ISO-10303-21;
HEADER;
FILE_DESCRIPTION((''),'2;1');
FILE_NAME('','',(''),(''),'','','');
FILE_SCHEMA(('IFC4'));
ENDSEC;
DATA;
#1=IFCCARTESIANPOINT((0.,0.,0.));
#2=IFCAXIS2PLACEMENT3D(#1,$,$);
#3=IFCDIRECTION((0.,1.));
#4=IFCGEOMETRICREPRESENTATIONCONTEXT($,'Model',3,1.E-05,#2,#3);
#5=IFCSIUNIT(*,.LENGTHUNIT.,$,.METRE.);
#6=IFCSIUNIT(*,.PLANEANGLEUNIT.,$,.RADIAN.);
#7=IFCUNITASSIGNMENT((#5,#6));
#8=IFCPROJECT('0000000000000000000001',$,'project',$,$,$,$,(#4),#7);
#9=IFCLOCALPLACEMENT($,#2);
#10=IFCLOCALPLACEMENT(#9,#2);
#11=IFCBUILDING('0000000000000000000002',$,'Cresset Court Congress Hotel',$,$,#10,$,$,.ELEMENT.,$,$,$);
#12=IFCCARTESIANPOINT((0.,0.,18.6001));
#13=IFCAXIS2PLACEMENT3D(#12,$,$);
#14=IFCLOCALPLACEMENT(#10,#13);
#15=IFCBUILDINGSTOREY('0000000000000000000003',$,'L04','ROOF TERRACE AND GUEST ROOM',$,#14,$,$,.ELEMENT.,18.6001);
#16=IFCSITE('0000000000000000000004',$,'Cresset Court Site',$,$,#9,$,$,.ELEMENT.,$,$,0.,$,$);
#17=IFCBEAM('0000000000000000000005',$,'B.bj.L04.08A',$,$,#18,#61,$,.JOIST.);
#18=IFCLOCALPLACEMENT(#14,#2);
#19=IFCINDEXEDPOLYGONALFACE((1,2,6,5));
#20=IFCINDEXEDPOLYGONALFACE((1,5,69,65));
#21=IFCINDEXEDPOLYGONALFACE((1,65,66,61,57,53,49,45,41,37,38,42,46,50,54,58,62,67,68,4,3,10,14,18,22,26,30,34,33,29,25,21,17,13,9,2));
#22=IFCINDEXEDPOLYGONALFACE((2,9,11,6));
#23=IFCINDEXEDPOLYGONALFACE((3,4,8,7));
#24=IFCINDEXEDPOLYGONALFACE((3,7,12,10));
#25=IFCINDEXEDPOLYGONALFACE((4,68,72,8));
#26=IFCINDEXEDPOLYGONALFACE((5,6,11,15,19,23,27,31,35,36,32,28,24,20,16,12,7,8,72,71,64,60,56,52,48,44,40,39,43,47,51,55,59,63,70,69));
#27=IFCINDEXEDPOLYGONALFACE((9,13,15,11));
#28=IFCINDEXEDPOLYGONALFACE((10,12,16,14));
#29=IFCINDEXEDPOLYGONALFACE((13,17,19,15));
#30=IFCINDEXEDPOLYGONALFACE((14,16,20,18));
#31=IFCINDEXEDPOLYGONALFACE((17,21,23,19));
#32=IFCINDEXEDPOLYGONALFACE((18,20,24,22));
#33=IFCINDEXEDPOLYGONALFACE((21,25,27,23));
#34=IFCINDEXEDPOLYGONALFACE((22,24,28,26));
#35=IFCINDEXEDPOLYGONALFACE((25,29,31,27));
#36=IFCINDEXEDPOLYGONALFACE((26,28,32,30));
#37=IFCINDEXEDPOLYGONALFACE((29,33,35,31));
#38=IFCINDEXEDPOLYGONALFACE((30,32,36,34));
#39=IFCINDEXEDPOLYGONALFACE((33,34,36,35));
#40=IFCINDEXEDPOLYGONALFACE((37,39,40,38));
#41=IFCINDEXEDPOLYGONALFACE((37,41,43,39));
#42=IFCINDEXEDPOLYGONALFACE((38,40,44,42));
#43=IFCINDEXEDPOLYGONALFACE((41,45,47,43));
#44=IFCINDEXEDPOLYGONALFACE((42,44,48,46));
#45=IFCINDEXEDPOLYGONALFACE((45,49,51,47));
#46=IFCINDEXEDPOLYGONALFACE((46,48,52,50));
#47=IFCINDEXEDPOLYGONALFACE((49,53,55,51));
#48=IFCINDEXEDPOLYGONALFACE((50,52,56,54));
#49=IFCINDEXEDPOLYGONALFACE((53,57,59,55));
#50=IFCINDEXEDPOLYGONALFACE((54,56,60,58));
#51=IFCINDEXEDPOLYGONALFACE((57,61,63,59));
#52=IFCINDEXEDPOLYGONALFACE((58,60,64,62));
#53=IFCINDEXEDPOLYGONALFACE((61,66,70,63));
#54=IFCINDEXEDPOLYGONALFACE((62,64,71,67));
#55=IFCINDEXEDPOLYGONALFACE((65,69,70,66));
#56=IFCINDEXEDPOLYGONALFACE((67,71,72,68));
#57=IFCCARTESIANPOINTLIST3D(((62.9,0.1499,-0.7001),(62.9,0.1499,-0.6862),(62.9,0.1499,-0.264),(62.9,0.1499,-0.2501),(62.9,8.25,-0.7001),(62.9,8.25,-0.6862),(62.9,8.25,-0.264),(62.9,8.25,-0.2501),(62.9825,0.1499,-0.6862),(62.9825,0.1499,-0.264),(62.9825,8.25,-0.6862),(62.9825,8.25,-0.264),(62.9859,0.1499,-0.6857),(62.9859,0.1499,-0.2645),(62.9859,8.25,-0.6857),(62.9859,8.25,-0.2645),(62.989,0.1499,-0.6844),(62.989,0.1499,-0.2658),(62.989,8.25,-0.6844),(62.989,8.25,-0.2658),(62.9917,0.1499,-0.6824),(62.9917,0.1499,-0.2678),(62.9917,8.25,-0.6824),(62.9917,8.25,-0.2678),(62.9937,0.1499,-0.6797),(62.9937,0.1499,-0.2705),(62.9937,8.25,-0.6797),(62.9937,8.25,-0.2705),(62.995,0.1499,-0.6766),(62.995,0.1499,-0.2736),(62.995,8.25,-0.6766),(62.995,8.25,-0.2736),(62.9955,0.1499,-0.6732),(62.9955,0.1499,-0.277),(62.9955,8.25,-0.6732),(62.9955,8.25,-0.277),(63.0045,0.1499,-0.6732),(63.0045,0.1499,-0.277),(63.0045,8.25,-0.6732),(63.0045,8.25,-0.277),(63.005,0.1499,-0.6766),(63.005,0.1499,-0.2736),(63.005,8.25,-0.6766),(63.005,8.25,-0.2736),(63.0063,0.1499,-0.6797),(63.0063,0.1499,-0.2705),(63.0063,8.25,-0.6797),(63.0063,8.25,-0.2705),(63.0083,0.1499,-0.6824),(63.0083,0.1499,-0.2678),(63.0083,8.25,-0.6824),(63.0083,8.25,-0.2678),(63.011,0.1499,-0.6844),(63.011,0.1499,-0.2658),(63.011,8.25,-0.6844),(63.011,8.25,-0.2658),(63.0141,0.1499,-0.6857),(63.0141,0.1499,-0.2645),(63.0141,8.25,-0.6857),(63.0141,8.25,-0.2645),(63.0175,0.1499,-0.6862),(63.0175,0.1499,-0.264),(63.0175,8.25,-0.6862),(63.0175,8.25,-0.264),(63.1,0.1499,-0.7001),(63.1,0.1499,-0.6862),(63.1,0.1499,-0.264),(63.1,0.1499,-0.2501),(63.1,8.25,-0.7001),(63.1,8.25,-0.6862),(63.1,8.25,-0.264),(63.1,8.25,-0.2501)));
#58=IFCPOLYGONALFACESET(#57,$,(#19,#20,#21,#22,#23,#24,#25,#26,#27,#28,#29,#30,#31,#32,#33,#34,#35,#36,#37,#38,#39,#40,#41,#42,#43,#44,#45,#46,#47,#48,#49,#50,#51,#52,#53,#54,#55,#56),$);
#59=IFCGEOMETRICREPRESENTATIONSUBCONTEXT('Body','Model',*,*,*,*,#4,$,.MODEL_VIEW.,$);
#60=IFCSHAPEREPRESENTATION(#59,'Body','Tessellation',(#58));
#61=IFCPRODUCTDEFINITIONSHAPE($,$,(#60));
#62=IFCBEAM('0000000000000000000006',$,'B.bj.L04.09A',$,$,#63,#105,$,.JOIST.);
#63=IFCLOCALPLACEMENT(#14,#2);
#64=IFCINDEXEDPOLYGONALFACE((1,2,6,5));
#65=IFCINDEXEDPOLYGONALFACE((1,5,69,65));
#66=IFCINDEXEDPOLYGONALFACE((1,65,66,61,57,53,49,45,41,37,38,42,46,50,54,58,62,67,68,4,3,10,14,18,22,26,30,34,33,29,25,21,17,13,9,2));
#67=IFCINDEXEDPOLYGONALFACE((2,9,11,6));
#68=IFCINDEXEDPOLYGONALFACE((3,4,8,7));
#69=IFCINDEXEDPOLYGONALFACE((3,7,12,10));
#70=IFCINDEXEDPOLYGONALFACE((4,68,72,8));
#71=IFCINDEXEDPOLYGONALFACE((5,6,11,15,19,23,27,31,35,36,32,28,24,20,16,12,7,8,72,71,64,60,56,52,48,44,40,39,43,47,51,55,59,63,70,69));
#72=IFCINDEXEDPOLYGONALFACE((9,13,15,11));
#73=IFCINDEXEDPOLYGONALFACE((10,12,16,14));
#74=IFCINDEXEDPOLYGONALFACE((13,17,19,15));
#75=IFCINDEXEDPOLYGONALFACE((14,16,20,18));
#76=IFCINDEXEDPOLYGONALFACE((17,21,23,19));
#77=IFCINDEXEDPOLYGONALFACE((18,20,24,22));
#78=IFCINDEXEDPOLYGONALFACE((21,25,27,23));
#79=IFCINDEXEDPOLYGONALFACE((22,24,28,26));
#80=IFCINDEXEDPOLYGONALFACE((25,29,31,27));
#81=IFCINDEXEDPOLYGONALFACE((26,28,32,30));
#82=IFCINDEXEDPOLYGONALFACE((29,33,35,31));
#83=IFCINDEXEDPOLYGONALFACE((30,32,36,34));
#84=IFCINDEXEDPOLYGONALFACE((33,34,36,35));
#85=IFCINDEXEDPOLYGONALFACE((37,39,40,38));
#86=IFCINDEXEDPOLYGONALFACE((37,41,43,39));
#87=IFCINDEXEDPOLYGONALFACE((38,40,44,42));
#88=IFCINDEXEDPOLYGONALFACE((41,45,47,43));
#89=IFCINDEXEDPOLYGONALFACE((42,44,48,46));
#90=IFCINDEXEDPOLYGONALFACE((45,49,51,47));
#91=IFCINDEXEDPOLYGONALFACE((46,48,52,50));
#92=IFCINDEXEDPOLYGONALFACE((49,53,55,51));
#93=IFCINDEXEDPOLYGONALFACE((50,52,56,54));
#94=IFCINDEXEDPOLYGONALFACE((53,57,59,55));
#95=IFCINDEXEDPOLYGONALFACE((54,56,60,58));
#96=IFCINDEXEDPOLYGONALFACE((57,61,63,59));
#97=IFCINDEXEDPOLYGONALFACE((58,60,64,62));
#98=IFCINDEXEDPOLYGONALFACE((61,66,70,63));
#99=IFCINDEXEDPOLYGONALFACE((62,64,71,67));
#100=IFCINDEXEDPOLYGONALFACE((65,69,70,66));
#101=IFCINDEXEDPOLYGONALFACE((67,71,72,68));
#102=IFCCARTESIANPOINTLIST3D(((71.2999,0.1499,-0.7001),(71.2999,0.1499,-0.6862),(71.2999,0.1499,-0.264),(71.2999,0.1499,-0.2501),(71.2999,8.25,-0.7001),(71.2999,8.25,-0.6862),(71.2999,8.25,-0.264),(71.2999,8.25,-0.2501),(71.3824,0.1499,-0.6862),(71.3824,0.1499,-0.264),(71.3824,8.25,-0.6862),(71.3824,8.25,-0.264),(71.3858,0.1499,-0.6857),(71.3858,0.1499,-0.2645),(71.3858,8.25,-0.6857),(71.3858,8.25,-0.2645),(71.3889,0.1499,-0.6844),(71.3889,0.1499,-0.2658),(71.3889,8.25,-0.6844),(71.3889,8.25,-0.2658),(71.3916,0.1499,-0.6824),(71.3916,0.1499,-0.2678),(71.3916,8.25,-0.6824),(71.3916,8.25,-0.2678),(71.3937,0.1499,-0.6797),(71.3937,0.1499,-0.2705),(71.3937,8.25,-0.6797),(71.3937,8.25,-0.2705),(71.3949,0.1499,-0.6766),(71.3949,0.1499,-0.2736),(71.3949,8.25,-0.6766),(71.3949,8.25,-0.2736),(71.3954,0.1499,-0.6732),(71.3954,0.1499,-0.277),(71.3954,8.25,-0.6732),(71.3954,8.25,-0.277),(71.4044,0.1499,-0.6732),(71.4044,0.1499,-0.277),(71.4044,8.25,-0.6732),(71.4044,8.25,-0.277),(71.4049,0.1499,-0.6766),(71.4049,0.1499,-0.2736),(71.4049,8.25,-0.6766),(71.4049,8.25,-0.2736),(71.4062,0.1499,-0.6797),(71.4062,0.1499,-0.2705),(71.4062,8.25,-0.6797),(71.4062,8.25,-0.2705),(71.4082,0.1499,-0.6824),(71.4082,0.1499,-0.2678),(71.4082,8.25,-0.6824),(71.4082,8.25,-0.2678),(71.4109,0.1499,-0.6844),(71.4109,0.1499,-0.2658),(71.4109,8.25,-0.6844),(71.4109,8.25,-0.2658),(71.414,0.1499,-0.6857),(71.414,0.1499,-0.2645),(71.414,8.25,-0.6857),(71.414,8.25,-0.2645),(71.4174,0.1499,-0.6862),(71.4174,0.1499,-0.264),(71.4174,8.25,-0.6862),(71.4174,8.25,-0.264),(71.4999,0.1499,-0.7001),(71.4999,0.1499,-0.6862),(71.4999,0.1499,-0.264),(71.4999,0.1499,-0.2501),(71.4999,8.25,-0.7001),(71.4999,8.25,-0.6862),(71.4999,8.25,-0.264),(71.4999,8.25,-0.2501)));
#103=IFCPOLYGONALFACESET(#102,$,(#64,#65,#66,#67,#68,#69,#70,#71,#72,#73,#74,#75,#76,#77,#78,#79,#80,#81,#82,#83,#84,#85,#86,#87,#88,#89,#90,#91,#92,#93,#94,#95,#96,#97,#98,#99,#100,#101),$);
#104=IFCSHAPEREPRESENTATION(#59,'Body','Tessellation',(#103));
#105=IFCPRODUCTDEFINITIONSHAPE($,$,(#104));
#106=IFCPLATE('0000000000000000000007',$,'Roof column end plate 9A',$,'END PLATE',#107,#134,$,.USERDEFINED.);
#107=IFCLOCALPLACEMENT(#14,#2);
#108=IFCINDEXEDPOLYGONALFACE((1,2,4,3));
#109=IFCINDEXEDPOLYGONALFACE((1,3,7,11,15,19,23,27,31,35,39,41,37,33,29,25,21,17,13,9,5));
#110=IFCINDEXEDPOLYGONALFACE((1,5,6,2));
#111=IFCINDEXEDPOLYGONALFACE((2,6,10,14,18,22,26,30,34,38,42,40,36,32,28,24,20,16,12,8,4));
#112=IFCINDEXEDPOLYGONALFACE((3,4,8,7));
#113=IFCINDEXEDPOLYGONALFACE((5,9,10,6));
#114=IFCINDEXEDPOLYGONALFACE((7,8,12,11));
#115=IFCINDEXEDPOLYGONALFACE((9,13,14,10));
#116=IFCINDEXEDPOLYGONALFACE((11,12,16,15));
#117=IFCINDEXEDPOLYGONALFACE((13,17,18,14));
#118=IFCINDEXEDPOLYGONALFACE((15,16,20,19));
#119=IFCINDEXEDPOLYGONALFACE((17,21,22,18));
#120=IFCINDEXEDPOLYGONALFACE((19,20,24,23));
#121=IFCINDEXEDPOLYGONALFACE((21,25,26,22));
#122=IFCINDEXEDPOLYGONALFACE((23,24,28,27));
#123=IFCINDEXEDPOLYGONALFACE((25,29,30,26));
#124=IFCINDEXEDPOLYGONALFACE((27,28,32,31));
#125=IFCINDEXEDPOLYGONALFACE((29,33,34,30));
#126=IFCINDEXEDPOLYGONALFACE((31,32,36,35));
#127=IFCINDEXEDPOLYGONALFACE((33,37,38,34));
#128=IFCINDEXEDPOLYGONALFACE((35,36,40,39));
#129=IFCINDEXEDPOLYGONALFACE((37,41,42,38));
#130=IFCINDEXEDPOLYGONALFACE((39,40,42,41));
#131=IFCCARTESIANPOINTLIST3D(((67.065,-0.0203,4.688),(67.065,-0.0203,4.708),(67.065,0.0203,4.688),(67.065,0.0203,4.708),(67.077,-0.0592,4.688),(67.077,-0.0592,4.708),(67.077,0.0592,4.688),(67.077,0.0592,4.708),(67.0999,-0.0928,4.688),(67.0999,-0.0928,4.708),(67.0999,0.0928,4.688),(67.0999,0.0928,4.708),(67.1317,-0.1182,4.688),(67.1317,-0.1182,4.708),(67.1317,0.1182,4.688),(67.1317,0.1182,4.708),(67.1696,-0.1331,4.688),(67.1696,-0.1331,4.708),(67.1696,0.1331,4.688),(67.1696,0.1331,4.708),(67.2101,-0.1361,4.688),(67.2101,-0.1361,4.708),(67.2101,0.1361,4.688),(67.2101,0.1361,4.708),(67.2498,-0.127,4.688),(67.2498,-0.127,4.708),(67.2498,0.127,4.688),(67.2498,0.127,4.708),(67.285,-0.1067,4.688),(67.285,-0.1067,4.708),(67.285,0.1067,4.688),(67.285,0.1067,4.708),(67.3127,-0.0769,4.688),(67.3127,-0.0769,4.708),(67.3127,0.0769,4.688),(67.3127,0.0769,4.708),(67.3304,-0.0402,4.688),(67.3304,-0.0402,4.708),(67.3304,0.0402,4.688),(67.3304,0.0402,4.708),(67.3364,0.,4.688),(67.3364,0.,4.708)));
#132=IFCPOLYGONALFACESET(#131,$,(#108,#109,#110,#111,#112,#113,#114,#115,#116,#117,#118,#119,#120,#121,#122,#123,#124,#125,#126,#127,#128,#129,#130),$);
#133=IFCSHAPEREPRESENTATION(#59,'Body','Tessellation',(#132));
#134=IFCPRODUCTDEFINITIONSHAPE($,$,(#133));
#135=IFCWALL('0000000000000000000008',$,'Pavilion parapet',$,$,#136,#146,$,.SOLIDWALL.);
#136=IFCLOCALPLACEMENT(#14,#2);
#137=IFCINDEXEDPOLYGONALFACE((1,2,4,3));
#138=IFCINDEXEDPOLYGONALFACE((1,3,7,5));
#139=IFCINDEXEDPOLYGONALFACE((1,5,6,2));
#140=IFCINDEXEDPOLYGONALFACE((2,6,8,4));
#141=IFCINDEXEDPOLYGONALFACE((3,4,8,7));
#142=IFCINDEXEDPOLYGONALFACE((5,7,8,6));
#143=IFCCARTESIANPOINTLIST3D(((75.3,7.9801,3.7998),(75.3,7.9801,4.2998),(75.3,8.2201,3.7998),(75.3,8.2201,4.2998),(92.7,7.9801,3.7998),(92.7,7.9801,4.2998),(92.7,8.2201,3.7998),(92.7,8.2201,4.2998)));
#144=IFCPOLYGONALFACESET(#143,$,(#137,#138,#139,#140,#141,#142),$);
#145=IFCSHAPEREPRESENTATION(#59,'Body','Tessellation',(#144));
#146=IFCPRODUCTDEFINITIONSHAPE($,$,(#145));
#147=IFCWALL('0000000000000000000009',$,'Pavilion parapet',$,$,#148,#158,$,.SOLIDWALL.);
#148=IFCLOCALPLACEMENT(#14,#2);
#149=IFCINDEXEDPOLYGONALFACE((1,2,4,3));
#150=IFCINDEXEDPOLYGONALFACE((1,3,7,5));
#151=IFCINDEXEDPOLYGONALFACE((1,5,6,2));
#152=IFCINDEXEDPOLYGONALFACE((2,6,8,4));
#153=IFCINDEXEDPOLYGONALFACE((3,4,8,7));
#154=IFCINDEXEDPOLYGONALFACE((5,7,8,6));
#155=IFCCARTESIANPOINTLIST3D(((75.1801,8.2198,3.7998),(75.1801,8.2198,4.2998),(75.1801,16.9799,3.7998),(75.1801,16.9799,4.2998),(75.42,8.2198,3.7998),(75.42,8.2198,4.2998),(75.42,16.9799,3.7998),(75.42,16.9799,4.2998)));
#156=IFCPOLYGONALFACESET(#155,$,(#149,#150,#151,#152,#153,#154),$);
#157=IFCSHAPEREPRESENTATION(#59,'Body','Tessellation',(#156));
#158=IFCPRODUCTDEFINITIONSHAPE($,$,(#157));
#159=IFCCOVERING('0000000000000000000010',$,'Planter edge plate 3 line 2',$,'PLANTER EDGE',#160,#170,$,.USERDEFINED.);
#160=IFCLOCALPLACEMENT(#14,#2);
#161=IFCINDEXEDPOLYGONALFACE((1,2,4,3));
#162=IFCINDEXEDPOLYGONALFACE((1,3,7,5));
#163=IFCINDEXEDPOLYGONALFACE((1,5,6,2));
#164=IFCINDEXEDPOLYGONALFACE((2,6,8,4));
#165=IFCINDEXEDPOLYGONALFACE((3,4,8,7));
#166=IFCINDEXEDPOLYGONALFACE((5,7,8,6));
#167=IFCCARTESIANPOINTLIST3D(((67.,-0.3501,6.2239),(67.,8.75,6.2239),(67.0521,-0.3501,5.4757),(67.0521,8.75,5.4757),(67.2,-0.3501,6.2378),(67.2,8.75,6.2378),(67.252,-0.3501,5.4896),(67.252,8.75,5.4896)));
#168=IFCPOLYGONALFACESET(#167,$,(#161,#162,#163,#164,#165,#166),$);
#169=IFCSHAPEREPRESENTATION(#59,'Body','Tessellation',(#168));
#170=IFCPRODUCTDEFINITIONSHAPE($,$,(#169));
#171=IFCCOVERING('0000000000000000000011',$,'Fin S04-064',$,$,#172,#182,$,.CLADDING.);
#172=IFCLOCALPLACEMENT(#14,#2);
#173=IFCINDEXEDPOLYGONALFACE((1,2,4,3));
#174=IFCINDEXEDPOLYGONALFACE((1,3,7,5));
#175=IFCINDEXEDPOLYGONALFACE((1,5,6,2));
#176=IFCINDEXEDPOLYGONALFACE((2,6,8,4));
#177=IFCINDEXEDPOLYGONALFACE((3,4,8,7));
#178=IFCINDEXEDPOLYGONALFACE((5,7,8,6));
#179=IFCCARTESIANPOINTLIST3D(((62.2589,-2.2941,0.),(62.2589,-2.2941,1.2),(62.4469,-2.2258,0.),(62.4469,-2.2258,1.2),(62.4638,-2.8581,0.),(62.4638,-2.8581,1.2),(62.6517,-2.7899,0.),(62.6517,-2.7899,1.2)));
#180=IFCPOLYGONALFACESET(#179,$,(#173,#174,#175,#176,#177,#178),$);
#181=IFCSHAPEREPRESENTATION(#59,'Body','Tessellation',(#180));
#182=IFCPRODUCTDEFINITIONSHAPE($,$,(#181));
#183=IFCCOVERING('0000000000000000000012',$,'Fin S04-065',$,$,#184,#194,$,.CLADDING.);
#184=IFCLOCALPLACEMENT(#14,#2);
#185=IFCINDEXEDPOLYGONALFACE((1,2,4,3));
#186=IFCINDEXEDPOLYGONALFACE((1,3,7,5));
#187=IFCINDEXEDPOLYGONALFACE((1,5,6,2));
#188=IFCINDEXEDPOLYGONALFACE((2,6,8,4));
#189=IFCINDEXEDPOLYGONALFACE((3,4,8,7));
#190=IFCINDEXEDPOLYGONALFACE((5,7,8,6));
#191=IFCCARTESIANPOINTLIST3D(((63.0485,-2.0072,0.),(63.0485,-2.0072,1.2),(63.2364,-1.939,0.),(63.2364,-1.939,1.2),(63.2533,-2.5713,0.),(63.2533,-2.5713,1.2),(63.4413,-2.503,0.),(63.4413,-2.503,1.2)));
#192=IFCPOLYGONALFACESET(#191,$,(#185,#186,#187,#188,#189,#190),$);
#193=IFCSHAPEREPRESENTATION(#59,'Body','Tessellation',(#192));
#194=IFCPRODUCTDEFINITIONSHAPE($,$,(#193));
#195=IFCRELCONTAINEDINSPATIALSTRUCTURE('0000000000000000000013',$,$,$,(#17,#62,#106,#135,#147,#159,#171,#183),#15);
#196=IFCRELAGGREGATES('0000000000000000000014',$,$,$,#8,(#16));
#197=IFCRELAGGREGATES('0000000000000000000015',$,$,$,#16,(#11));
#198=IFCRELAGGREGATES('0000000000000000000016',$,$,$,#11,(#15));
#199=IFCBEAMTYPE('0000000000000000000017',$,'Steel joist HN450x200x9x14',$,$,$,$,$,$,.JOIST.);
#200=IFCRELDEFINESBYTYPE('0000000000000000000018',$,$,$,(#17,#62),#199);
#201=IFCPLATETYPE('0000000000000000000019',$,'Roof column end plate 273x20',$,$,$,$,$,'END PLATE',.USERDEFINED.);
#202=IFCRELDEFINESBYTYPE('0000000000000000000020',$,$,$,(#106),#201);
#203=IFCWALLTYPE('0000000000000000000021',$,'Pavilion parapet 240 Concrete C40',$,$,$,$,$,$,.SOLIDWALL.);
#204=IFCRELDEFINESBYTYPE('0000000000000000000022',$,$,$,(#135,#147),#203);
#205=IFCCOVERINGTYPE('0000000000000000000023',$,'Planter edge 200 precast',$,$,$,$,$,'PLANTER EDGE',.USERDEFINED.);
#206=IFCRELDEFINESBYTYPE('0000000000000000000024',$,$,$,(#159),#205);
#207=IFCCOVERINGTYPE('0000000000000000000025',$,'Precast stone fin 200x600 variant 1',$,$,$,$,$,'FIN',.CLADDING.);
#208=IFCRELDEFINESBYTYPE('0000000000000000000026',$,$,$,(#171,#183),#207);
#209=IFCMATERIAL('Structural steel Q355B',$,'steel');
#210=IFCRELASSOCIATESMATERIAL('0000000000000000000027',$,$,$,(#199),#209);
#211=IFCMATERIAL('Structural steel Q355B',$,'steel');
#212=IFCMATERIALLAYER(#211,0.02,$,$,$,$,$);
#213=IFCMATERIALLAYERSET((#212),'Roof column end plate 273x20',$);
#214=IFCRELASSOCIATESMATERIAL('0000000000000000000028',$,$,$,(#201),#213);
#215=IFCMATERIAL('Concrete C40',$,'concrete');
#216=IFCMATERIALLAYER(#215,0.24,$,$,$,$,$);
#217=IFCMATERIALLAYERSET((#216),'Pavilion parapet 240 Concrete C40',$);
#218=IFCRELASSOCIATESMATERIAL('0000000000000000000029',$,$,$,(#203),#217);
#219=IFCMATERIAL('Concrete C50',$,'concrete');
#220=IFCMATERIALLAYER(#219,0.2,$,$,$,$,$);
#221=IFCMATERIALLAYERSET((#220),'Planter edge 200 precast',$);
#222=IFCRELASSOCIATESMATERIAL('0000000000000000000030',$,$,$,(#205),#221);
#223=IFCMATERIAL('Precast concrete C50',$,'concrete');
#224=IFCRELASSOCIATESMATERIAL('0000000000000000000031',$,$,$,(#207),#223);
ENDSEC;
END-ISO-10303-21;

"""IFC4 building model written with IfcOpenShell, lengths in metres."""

from ifc_helpers import new_model, si_unit, direction, frame, frame_2d, origin, origin_2d, place, context, subcontext, project, spatial, polyline, rectangle, circle, i_section, outline, extrude, material, layer, layer_set, material_profile, profile_set, type_object, element, save


model = new_model("IFC4")

# Units and contexts
model_context = context("Model", 3, precision=1e-05, world=origin(), true_north=direction((0.0, 1.0)))
body_context = subcontext(model_context, "Body", "Model", "MODEL_VIEW")
ifc_project = project(units=[si_unit("LENGTHUNIT", "METRE"), si_unit("PLANEANGLEUNIT", "RADIAN")], contexts=[model_context])

# Site, building, storey
site_placement = place(None, origin())
site = spatial("IfcSite", under=ifc_project, at=site_placement, Name="Cresset Court Site", CompositionType="ELEMENT", RefElevation=0.0)
building_placement = place(site_placement, origin())
building = spatial("IfcBuilding", under=site, at=building_placement, Name="Cresset Court Congress Hotel", CompositionType="ELEMENT")
storey_placement = place(building_placement, frame((0.0, 0.0, 18.6001)))
storey = spatial("IfcBuildingStorey", under=building, at=storey_placement, Name="L04", Description="ROOF TERRACE AND GUEST ROOM", CompositionType="ELEMENT", Elevation=18.6001)

# Beams
ifc_material_1 = material(Name="Structural steel Q355B", Category="steel")
ifc_material_profile_1 = material_profile(ifc_material_1, i_section(OverallWidth=0.2, OverallDepth=0.45, WebThickness=0.009, FlangeThickness=0.0139, FilletRadius=0.0129, at=origin_2d()), Name="HN450x200x9x14")
ifc_profile_set_1 = profile_set([ifc_material_profile_1], Name="Structural steel Q355B")
beam_type_1 = type_object("IfcBeamType", Name="Steel joist HN450x200x9x14", PredefinedType="JOIST", material=ifc_profile_set_1)
for number, where, z_axis, x_axis, name in (
    (1, (63.0, 0.1499, -0.4751), (0.0, 1.0, 0.0), (-1.0, 0.0, 0.0), "B.bj.L04.08A"),
    (2, (71.3999, 0.1499, -0.4751), (0.0, 1.0, 0.0), (-1.0, 0.0, 0.0), "B.bj.L04.09A"),
):
    element("IfcBeam", number, at=place(storey_placement, frame(where, z_axis=z_axis, x_axis=x_axis)), inside=storey, type_object=beam_type_1, Name=name, PredefinedType="JOIST", context=body_context, shape_type="SweptSolid", body=[
        extrude(i_section(OverallWidth=0.2, OverallDepth=0.45, WebThickness=0.009, FlangeThickness=0.0139, FilletRadius=0.0129, at=origin_2d()), origin(), (0.0, 0.0, 1.0), 8.1001),
    ])

# Plate
ifc_material_2 = material(Name="Structural steel Q355B", Category="steel")
ifc_layer_1 = layer(ifc_material_2, 0.02)
ifc_layer_set_1 = layer_set([ifc_layer_1], Name="Roof column end plate 273x20")
plate_type = type_object("IfcPlateType", Name="Roof column end plate 273x20", ElementType="END PLATE", PredefinedType="USERDEFINED", material=ifc_layer_set_1)
plate_placement = place(storey_placement, frame((67.2, 0.0, 4.688), z_axis=(0.0, 0.0, 1.0), x_axis=(1.0, 0.0, 0.0)))
element("IfcPlate", 3, at=plate_placement, inside=storey, type_object=plate_type, Name="Roof column end plate 9A", ObjectType="END PLATE", PredefinedType="USERDEFINED", context=body_context, shape_type="SweptSolid", body=[
    extrude(circle(Radius=0.1365, at=origin_2d()), origin(), (0.0, 0.0, 1.0), 0.02),
])

# Walls
ifc_material_3 = material(Name="Concrete C40", Category="concrete")
ifc_layer_2 = layer(ifc_material_3, 0.24)
ifc_layer_set_2 = layer_set([ifc_layer_2], Name="Pavilion parapet 240 Concrete C40")
wall_type = type_object("IfcWallType", Name="Pavilion parapet 240 Concrete C40", PredefinedType="SOLIDWALL", material=ifc_layer_set_2)
wall_1_placement = place(storey_placement, frame((75.3, 8.1001, 3.7998), z_axis=(0.0, 0.0, 1.0), x_axis=(1.0, 0.0, 0.0)))
element("IfcWall", 4, at=wall_1_placement, inside=storey, type_object=wall_type, Name="Pavilion parapet", PredefinedType="SOLIDWALL", context=body_context, shape_type="SweptSolid", body=[
    extrude(rectangle(XDim=17.3999, YDim=0.24, at=frame_2d((8.7, 0.0))), origin(), (0.0, 0.0, 1.0), 0.5),
])
wall_2_placement = place(storey_placement, frame((75.3, 8.22, 3.7998), z_axis=(0.0, 0.0, 1.0), x_axis=(0.0, 1.0, 0.0)))
element("IfcWall", 5, at=wall_2_placement, inside=storey, type_object=wall_type, Name="Pavilion parapet", PredefinedType="SOLIDWALL", context=body_context, shape_type="SweptSolid", body=[
    extrude(rectangle(XDim=8.76, YDim=0.24, at=frame_2d((4.3799, 0.0))), origin(), (0.0, 0.0, 1.0), 0.5),
])

# Coverings
ifc_material_4 = material(Name="Concrete C50", Category="concrete")
ifc_layer_3 = layer(ifc_material_4, 0.2)
ifc_layer_set_3 = layer_set([ifc_layer_3], Name="Planter edge 200 precast")
covering_type_1 = type_object("IfcCoveringType", Name="Planter edge 200 precast", ElementType="PLANTER EDGE", PredefinedType="USERDEFINED", material=ifc_layer_set_3)
covering_placement = place(storey_placement, frame((67.0, -0.3501, 6.2239), z_axis=(-0.069429, 0.0, 0.997587), x_axis=(0.997587, 0.0, 0.069429)))
element("IfcCovering", 6, at=covering_placement, inside=storey, type_object=covering_type_1, Name="Planter edge plate 3 line 2", ObjectType="PLANTER EDGE", PredefinedType="USERDEFINED", context=body_context, shape_type="SweptSolid", body=[
    extrude(outline(polyline([(0.0, 0.0), (0.2004, 0.0), (0.2004, 9.1001), (0.0, 9.1001), (0.0, 0.0)])), origin(), (0.0, 0.0, -1.0), 0.75),
])
ifc_material_5 = material(Name="Precast concrete C50", Category="concrete")
covering_type_2 = type_object("IfcCoveringType", Name="Precast stone fin 200x600 variant 1", ElementType="FIN", PredefinedType="CLADDING", material=ifc_material_5)
for number, where, z_axis, x_axis, name in (
    (7, (62.4553, -2.542, 0.0), (0.0, 0.0, 1.0), (0.939957, 0.341293, 0.0), "Fin S04-064"),
    (8, (63.2449, -2.2551, 0.0), (0.0, 0.0, 1.0), (0.939957, 0.341293, 0.0), "Fin S04-065"),
):
    element("IfcCovering", number, at=place(storey_placement, frame(where, z_axis=z_axis, x_axis=x_axis)), inside=storey, type_object=covering_type_2, Name=name, PredefinedType="CLADDING", context=body_context, shape_type="SweptSolid", body=[
        extrude(rectangle(XDim=0.2, YDim=0.6001, at=origin_2d()), origin(), (0.0, 0.0, 1.0), 1.2),
    ])

save(model, "model.ifc")
